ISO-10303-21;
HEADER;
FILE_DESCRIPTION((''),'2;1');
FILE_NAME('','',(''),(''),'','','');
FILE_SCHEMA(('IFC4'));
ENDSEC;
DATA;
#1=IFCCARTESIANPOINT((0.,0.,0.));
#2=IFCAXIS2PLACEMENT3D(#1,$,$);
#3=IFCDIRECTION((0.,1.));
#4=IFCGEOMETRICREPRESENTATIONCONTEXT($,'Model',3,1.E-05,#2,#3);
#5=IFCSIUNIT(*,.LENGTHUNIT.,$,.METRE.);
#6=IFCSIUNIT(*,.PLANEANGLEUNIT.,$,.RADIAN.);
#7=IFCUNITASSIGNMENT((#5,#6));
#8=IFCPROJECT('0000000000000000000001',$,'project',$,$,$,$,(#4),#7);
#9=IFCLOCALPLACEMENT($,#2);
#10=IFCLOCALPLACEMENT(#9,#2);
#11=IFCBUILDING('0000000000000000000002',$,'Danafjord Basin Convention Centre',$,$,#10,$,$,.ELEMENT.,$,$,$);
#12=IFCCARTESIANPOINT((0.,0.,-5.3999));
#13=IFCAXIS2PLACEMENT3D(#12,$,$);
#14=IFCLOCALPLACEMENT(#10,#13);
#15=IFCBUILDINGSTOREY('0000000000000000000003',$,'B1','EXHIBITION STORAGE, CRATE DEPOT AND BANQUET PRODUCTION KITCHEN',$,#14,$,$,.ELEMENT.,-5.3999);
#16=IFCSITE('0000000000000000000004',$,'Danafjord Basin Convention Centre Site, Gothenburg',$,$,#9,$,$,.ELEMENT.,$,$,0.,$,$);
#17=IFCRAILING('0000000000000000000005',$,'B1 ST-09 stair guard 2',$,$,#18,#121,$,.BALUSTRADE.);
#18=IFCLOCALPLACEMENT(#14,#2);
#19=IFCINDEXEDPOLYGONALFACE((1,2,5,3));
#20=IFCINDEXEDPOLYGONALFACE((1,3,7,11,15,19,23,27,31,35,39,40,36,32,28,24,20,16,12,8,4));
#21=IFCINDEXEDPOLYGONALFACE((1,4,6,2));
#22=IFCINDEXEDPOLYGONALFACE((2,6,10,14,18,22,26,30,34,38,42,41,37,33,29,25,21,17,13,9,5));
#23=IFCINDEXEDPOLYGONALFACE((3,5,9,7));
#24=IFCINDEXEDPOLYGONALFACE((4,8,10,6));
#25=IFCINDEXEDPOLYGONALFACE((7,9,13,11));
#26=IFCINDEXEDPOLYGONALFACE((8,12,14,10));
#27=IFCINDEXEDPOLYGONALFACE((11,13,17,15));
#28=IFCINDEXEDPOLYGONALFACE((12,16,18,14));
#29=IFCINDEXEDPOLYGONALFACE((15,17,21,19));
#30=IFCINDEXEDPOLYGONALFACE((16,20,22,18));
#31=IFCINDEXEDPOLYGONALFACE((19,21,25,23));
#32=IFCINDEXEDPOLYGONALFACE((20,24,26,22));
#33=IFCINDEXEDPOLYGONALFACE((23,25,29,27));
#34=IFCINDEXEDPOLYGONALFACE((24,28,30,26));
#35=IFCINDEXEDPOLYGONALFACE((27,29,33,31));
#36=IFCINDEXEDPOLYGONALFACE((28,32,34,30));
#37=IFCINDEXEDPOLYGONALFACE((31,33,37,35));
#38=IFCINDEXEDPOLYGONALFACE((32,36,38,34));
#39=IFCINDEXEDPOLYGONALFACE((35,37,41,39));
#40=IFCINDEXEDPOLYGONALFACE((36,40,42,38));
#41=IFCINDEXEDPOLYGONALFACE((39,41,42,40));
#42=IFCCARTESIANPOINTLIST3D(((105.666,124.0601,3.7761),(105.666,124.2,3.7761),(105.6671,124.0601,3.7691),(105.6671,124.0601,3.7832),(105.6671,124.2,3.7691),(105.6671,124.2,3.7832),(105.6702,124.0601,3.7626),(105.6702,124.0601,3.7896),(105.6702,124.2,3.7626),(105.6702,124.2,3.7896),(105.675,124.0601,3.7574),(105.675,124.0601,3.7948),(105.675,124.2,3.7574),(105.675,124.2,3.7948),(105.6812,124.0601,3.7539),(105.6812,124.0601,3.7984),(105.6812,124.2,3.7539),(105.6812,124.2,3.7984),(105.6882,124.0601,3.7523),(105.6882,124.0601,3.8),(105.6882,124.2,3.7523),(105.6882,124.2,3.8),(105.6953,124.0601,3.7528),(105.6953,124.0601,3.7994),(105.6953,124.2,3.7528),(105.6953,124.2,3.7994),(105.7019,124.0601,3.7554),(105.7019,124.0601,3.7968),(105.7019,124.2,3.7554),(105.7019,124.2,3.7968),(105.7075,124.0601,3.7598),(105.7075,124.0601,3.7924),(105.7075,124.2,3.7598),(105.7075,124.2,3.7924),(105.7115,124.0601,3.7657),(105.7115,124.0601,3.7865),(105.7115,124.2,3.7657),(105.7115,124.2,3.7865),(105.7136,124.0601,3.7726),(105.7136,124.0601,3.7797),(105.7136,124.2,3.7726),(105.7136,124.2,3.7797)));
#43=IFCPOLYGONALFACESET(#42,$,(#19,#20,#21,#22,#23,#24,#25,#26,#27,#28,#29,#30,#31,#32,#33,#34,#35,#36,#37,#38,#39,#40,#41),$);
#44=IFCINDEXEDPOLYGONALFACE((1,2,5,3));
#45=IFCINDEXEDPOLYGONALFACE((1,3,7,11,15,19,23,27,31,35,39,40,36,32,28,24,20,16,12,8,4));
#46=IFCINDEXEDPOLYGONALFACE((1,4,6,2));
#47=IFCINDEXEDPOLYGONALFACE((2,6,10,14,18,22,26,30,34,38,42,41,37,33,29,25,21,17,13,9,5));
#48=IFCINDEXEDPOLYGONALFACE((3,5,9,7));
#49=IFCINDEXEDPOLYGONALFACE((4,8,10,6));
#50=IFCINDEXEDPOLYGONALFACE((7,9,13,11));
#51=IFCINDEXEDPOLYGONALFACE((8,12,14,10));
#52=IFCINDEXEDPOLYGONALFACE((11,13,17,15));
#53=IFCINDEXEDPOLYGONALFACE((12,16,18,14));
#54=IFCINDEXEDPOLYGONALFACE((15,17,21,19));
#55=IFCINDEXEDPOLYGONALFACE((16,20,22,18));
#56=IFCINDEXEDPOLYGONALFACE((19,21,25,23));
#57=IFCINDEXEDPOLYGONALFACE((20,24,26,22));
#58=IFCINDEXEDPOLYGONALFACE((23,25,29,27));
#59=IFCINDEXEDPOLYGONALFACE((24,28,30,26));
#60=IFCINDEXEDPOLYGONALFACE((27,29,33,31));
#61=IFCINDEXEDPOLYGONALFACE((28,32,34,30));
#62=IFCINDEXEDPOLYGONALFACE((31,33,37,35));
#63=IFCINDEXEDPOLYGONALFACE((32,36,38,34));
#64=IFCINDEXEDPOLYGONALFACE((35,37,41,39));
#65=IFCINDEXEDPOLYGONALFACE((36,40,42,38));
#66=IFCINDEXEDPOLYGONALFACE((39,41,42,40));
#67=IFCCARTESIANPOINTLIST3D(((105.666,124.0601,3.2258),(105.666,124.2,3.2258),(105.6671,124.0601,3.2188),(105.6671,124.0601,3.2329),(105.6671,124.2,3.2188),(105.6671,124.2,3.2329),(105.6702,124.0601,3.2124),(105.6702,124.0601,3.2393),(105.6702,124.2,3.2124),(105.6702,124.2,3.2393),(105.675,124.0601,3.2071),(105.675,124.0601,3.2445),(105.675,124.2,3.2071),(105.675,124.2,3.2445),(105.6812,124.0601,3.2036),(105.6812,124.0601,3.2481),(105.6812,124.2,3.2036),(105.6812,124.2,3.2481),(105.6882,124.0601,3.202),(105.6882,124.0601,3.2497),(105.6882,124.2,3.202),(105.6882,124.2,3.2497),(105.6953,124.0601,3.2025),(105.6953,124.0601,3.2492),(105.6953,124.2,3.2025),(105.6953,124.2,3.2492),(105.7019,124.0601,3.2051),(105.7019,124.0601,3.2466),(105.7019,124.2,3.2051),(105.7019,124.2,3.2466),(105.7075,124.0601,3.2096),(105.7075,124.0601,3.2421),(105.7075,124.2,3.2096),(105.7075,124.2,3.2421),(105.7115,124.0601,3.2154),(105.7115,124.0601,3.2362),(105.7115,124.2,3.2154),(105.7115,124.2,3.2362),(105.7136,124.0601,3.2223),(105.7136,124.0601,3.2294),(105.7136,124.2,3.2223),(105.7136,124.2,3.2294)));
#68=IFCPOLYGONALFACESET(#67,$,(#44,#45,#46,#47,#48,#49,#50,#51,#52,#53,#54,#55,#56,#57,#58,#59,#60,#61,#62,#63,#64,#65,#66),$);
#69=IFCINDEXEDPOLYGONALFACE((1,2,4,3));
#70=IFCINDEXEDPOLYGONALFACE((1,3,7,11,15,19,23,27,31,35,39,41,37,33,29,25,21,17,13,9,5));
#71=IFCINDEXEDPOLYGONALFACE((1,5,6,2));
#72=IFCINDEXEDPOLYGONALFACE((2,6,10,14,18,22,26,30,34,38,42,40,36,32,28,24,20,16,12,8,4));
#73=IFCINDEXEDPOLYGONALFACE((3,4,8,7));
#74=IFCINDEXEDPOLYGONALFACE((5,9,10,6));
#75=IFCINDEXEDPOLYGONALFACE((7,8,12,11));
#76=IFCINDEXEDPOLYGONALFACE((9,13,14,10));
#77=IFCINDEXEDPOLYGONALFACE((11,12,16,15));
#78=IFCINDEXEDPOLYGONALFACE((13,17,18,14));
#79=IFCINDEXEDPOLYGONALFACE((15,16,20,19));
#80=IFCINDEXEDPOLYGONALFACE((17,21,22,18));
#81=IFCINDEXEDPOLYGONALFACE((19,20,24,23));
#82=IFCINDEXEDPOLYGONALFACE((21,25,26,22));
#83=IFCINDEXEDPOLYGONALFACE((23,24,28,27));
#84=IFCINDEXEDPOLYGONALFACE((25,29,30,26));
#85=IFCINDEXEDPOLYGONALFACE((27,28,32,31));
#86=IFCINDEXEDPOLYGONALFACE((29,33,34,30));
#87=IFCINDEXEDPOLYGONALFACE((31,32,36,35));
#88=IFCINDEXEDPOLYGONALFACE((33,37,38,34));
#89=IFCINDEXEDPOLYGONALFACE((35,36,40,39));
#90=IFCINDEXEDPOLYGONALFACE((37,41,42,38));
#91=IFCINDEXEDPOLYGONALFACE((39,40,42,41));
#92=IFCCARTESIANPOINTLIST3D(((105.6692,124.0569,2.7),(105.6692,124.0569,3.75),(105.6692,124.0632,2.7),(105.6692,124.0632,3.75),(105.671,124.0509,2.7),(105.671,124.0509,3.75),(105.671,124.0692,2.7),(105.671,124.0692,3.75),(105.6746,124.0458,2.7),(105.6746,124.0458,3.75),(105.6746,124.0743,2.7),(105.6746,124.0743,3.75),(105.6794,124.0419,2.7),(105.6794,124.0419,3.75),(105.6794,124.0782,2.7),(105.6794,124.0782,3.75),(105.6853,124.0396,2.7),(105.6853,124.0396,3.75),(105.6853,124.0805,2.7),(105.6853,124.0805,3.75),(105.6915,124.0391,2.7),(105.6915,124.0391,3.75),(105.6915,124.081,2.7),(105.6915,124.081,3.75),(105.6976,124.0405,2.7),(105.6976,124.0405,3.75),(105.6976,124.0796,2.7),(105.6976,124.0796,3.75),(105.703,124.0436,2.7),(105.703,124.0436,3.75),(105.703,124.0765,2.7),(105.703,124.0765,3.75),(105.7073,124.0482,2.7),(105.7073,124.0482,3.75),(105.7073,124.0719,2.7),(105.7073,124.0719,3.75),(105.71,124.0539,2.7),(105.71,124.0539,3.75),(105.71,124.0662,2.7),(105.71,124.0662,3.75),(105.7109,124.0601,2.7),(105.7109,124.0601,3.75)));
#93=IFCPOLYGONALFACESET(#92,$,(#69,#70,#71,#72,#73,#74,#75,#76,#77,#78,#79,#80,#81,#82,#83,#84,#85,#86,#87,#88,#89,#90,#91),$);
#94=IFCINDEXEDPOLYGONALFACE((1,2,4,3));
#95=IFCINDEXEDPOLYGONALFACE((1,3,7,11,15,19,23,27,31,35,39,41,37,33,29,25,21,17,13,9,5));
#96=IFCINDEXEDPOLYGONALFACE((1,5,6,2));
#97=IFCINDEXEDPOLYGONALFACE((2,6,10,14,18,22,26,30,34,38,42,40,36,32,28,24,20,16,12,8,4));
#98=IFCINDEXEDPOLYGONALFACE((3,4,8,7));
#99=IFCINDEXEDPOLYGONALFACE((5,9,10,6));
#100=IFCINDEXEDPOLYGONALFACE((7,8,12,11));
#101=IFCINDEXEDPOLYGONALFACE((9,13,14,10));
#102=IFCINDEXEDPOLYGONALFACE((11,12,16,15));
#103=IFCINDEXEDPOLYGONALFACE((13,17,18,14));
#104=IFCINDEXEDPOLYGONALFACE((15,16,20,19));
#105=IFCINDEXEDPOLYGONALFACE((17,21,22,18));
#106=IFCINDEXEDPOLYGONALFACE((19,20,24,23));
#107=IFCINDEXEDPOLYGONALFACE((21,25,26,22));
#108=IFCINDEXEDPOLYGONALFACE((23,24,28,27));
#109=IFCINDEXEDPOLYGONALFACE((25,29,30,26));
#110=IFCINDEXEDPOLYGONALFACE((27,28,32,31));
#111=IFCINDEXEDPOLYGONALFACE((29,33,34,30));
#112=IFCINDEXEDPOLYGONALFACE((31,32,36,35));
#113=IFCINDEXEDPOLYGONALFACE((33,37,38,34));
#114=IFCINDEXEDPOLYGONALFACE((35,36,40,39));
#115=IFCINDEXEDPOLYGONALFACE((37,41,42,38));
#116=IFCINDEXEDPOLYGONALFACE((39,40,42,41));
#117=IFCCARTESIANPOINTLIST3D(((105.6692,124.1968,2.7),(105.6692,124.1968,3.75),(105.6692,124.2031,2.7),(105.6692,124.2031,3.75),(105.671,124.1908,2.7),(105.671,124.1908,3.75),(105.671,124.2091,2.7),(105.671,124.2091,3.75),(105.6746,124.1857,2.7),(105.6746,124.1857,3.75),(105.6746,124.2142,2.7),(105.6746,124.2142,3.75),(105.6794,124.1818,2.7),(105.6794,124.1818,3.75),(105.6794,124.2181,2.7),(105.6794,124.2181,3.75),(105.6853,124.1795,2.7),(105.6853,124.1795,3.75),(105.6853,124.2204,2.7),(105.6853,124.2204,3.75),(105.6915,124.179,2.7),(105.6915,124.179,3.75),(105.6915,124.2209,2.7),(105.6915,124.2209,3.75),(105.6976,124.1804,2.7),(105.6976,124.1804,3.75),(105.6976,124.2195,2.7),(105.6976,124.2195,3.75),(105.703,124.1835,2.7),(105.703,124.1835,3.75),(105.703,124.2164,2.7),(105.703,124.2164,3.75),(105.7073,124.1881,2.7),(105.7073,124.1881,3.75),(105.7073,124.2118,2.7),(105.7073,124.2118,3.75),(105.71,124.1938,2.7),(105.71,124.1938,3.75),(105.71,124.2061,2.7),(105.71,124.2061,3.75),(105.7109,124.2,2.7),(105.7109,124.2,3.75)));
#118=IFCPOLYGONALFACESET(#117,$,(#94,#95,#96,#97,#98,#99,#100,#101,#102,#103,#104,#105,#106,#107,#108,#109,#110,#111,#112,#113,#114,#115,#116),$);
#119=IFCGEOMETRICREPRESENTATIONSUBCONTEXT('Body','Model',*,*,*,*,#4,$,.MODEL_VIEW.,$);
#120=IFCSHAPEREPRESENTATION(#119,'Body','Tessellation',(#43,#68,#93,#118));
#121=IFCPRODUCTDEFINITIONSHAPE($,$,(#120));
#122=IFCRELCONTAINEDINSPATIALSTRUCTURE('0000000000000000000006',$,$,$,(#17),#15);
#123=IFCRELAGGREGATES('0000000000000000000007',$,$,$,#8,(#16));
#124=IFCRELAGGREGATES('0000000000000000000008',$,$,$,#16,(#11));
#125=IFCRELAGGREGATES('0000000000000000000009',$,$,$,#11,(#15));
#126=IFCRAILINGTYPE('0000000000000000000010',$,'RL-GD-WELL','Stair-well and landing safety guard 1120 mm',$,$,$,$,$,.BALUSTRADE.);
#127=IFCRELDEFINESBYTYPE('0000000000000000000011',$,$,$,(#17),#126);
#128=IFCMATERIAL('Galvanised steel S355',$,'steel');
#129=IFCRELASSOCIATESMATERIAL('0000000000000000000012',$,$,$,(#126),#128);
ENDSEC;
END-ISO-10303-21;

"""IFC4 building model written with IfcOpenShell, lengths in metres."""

from ifc_helpers import new_model, si_unit, direction, frame, origin, origin_2d, place, context, subcontext, project, spatial, circle, extrude, material, type_object, element, save


model = new_model("IFC4")

# Units and contexts
model_context = context("Model", 3, precision=1e-05, world=origin(), true_north=direction((0.0, 1.0)))
body_context = subcontext(model_context, "Body", "Model", "MODEL_VIEW")
ifc_project = project(units=[si_unit("LENGTHUNIT", "METRE"), si_unit("PLANEANGLEUNIT", "RADIAN")], contexts=[model_context])

# Site, building, storey
site_placement = place(None, origin())
site = spatial("IfcSite", under=ifc_project, at=site_placement, Name="Danafjord Basin Convention Centre Site, Gothenburg", CompositionType="ELEMENT", RefElevation=0.0)
building_placement = place(site_placement, origin())
building = spatial("IfcBuilding", under=site, at=building_placement, Name="Danafjord Basin Convention Centre", CompositionType="ELEMENT")
storey_placement = place(building_placement, frame((0.0, 0.0, -5.3999)))
storey = spatial("IfcBuildingStorey", under=building, at=storey_placement, Name="B1", Description="EXHIBITION STORAGE, CRATE DEPOT AND BANQUET PRODUCTION KITCHEN", CompositionType="ELEMENT", Elevation=-5.3999)

# Railing
ifc_material_1 = material(Name="Galvanised steel S355", Category="steel")
railing_type_1 = type_object("IfcRailingType", Name="RL-GD-WELL", Description="Stair-well and landing safety guard 1120 mm", PredefinedType="BALUSTRADE", material=ifc_material_1)
railing_1_placement = place(storey_placement, frame((105.6899, 124.0601, 2.7)))
element("IfcRailing", 1, at=railing_1_placement, inside=storey, type_object=railing_type_1, Name="B1 ST-09 stair guard 2", PredefinedType="BALUSTRADE", context=body_context, shape_type="SweptSolid", body=[
    extrude(circle(Radius=0.0239, at=origin_2d()), frame((0.0, 0.0, 1.0762), z_axis=(0.0, 1.0, 0.0), x_axis=(-1.0, 0.0, 0.0)), (0.0, 0.0, 1.0), 0.1399),
    extrude(circle(Radius=0.0239, at=origin_2d()), frame((0.0, 0.0, 0.5259), z_axis=(0.0, 1.0, 0.0), x_axis=(-1.0, 0.0, 0.0)), (0.0, 0.0, 1.0), 0.1399),
    extrude(circle(Radius=0.021, at=origin_2d()), origin(), (0.0, 0.0, 1.0), 1.05),
    extrude(circle(Radius=0.021, at=origin_2d()), frame((0.0, 0.1399, 0.0)), (0.0, 0.0, 1.0), 1.05),
])

save(model, "model.ifc")
